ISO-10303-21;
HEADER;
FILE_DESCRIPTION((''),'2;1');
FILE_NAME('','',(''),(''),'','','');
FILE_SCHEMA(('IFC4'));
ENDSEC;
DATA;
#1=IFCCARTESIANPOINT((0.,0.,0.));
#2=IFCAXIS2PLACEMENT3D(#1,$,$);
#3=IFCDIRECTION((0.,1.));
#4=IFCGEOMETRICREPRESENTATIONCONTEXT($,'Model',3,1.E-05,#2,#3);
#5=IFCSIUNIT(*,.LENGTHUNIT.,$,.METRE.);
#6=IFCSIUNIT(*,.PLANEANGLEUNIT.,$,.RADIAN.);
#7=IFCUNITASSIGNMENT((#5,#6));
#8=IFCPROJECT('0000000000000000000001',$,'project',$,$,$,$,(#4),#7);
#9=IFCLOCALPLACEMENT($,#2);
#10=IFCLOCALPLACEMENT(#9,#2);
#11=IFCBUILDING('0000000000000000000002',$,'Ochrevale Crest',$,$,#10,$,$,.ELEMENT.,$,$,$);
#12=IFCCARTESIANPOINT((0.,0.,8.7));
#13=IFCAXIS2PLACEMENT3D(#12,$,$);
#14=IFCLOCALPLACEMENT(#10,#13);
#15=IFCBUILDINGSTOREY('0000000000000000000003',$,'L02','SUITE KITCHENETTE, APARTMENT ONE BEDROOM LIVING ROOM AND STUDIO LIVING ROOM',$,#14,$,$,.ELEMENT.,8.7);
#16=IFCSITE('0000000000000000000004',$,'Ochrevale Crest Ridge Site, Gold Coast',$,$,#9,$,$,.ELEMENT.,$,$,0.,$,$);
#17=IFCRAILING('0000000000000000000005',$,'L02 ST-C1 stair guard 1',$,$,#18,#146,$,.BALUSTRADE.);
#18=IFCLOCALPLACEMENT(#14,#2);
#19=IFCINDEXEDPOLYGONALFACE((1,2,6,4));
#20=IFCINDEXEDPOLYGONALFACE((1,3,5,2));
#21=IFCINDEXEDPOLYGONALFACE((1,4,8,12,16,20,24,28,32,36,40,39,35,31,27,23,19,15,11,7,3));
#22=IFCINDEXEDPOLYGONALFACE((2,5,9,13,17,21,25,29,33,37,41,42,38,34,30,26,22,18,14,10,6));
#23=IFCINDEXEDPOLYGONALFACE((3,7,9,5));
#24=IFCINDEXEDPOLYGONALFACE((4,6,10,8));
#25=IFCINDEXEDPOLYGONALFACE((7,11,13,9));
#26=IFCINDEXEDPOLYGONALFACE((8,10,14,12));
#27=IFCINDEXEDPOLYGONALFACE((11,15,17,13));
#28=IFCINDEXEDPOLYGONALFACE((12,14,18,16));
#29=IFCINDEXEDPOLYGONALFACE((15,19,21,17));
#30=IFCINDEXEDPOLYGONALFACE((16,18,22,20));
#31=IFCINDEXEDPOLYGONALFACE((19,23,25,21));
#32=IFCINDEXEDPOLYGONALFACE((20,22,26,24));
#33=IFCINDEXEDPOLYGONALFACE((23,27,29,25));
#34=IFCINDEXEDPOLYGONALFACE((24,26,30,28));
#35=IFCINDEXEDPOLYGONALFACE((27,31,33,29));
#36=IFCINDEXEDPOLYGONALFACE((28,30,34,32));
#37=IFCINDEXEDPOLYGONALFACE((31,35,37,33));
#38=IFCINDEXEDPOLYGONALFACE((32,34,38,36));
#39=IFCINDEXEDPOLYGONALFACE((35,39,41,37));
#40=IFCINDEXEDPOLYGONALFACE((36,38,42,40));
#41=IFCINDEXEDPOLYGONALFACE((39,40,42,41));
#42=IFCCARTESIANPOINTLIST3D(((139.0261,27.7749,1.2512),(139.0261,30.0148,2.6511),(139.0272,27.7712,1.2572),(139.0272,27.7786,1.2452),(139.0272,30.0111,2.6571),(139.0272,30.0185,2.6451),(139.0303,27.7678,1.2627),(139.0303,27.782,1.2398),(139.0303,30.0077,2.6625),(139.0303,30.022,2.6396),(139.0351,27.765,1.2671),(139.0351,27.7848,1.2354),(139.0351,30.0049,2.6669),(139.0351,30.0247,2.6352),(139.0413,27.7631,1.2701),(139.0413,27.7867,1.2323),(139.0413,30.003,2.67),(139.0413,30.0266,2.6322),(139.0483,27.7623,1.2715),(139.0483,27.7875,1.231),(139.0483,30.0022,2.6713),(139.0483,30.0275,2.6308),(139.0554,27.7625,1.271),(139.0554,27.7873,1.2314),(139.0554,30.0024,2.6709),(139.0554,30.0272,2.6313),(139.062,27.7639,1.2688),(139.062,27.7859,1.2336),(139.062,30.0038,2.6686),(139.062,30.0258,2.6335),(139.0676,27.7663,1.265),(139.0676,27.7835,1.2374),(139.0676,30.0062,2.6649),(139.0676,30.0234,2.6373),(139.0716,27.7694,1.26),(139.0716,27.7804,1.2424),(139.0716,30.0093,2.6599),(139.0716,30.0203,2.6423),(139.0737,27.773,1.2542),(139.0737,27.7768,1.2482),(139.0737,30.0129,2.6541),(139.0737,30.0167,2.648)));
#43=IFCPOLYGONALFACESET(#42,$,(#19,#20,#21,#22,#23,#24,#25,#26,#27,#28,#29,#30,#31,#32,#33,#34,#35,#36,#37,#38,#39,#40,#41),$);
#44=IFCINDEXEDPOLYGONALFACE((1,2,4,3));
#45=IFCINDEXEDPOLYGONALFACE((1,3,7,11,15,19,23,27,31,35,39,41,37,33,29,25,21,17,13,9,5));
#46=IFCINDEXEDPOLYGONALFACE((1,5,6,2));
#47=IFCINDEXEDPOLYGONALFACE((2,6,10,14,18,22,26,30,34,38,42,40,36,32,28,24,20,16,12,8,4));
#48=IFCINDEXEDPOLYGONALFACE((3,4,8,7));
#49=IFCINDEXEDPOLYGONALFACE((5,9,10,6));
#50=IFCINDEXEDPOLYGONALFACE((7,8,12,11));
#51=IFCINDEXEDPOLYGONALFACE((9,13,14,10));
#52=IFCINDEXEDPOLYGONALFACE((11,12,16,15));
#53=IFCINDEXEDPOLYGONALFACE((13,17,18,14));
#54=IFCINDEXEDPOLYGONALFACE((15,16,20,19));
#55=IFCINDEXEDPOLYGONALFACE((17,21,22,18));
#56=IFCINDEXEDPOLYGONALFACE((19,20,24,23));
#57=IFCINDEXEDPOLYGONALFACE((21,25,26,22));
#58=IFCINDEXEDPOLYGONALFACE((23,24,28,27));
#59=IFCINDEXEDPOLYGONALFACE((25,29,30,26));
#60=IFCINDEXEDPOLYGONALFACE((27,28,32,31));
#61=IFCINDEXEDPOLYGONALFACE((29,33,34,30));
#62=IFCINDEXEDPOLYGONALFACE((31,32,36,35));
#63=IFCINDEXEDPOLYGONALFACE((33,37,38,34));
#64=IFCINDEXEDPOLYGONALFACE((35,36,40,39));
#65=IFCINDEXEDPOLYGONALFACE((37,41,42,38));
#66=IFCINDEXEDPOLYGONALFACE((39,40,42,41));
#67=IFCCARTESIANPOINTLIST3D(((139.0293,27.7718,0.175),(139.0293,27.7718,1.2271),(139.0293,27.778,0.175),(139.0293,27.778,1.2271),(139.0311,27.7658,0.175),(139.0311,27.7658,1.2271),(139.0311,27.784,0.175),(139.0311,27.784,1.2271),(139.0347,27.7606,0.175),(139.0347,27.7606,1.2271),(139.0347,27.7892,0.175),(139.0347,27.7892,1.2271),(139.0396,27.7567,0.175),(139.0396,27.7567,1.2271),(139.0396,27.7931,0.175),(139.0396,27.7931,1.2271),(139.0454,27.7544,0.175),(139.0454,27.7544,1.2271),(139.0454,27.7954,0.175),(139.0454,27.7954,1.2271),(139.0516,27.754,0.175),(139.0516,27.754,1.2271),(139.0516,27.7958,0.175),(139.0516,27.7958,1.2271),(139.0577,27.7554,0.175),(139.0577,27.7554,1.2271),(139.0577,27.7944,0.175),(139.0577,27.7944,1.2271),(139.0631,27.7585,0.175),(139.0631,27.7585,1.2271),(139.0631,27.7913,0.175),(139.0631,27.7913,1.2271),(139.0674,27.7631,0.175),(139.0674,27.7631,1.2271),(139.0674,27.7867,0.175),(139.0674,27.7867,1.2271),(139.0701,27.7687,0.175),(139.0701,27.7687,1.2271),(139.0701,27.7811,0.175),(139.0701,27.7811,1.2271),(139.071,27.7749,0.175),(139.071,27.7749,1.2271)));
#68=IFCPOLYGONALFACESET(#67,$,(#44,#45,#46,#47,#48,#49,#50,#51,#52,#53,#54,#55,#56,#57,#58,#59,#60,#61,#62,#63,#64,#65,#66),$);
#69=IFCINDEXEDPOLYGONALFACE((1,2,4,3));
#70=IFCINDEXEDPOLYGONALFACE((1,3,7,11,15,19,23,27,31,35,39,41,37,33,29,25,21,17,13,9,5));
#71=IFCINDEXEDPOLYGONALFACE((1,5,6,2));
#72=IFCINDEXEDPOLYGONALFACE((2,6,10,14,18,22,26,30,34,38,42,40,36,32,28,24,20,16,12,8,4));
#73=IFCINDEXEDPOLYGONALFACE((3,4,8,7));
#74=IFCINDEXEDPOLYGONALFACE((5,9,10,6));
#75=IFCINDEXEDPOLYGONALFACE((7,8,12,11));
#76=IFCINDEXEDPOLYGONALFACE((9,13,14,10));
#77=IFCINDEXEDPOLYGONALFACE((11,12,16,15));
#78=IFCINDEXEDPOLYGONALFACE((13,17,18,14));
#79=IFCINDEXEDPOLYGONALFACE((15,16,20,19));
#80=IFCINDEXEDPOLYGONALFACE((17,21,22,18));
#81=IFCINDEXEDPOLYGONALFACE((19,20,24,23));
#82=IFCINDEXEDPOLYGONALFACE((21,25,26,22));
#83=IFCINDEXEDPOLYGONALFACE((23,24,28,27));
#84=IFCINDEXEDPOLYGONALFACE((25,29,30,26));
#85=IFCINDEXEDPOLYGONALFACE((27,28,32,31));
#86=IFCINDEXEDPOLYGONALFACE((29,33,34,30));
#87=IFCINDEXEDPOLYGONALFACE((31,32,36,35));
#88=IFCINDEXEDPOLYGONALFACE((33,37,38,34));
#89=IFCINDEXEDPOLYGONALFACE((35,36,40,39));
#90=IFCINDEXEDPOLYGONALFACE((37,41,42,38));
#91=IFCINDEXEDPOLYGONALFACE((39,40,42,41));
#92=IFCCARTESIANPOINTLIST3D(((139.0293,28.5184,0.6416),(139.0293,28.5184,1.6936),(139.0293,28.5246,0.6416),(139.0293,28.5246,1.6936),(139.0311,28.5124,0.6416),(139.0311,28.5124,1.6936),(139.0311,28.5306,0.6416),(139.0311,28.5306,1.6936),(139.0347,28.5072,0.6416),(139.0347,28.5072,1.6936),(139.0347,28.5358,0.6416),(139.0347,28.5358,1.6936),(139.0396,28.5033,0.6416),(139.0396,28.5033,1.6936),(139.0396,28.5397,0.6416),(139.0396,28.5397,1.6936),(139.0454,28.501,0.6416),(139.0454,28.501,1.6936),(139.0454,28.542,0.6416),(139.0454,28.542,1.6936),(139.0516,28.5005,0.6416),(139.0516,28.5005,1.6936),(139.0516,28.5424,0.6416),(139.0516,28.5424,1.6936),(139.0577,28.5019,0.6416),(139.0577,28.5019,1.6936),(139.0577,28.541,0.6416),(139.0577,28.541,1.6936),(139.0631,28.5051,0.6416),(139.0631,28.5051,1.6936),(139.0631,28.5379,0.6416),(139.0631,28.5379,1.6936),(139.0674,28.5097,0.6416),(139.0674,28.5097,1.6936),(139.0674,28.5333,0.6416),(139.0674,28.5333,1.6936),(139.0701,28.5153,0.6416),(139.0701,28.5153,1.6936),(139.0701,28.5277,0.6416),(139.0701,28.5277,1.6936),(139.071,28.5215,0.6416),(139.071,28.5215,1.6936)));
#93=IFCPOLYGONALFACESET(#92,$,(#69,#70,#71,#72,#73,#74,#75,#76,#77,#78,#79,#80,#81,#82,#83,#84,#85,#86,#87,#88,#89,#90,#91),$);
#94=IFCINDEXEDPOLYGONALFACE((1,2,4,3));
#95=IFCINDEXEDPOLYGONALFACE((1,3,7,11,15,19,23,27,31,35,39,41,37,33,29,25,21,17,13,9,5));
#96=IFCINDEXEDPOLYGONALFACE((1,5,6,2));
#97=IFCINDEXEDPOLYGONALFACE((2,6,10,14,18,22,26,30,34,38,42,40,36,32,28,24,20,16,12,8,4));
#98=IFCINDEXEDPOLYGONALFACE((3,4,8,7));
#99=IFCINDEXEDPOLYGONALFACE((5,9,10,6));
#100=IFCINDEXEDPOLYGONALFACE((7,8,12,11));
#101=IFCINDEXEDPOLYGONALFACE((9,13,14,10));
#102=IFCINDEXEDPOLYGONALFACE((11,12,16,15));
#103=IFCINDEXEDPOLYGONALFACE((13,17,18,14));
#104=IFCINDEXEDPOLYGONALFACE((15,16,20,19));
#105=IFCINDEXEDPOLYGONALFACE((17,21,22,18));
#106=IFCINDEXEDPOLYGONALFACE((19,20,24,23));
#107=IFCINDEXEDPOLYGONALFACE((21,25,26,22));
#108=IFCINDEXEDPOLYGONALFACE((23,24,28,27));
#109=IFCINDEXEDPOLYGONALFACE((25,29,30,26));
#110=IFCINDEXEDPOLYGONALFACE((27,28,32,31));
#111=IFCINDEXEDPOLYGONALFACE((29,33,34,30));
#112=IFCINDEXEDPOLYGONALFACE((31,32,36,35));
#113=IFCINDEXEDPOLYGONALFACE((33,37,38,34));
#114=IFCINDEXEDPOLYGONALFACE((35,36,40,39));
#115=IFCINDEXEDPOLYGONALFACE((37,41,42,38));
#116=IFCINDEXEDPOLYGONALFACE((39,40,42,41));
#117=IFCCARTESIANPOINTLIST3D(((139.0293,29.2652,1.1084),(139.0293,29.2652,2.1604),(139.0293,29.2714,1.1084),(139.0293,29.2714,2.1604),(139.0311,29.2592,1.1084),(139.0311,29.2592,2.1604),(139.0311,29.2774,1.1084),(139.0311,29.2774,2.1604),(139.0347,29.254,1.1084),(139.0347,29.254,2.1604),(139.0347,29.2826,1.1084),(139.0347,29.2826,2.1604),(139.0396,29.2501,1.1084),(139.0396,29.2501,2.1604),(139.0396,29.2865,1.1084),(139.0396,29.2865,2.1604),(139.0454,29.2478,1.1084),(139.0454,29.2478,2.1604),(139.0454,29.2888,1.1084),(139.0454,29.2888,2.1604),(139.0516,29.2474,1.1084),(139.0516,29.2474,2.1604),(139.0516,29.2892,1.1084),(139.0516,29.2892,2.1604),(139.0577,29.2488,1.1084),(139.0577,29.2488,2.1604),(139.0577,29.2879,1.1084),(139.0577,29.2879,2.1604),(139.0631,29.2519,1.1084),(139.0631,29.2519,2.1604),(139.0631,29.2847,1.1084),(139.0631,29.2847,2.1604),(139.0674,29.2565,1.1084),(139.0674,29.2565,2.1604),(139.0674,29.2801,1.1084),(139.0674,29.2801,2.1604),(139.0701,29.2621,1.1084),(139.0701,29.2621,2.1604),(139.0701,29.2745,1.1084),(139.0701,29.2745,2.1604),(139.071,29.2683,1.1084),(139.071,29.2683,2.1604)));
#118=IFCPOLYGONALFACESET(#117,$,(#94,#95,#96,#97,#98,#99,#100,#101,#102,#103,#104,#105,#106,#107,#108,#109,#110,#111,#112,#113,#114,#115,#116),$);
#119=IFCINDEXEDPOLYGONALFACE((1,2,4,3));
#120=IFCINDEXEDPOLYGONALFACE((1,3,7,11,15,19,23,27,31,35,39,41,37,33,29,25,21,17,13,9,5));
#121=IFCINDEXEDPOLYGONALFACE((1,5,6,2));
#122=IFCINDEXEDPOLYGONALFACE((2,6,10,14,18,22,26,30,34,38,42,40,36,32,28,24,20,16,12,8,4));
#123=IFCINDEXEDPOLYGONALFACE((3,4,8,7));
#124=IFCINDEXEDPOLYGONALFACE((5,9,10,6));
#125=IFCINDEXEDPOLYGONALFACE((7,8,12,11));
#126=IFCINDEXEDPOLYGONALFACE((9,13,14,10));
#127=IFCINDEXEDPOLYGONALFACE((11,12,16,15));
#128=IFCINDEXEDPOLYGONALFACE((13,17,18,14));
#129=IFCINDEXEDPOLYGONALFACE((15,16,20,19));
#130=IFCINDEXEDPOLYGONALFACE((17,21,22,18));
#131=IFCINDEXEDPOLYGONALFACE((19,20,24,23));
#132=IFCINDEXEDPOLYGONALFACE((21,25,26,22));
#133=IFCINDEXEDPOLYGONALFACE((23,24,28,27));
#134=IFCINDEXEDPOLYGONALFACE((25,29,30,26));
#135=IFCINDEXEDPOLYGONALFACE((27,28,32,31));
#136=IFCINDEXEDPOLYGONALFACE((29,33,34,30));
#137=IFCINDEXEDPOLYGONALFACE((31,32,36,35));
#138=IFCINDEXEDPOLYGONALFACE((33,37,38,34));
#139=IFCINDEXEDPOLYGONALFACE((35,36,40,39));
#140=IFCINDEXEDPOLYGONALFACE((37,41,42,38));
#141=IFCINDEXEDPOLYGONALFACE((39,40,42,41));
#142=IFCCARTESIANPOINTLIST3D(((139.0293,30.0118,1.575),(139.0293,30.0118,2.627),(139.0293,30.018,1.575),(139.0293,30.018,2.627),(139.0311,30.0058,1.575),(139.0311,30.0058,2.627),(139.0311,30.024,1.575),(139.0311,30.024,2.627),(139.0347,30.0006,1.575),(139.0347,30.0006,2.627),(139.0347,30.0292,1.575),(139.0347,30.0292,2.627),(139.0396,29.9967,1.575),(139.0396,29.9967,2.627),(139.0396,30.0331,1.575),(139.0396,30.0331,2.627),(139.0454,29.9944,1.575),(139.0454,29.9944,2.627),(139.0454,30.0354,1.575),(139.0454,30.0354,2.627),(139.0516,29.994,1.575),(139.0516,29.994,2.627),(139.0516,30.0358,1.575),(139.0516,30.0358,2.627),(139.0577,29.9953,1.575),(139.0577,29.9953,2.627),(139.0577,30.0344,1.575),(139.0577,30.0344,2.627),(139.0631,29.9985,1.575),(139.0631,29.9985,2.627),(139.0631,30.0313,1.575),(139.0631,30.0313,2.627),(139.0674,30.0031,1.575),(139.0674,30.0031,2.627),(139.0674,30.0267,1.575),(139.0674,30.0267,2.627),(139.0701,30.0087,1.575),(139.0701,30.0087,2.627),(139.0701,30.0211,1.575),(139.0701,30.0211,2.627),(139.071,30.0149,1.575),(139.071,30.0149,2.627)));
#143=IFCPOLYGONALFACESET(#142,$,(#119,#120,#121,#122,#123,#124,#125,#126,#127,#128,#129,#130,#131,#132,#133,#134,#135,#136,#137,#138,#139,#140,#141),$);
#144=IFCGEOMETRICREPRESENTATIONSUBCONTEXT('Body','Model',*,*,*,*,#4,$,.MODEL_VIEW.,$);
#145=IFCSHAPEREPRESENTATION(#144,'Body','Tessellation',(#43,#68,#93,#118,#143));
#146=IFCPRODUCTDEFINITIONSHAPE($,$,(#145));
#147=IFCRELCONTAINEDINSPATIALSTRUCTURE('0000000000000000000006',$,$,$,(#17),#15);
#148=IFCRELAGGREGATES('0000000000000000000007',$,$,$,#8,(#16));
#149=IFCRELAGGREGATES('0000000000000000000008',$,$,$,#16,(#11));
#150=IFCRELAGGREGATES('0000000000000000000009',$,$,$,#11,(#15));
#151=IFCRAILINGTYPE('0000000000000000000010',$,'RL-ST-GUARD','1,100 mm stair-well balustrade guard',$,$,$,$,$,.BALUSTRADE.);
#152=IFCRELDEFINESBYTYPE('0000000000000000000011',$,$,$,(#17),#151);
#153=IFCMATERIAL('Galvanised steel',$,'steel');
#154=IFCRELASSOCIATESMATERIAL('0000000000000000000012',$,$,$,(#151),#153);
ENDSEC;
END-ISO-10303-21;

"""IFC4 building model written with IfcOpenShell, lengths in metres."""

from ifc_helpers import new_model, si_unit, direction, frame, origin, origin_2d, place, context, subcontext, project, spatial, circle, extrude, material, type_object, element, save


model = new_model("IFC4")

# Units and contexts
model_context = context("Model", 3, precision=1e-05, world=origin(), true_north=direction((0.0, 1.0)))
body_context = subcontext(model_context, "Body", "Model", "MODEL_VIEW")
ifc_project = project(units=[si_unit("LENGTHUNIT", "METRE"), si_unit("PLANEANGLEUNIT", "RADIAN")], contexts=[model_context])

# Site, building, storey
site_placement = place(None, origin())
site = spatial("IfcSite", under=ifc_project, at=site_placement, Name="Ochrevale Crest Ridge Site, Gold Coast", CompositionType="ELEMENT", RefElevation=0.0)
building_placement = place(site_placement, origin())
building = spatial("IfcBuilding", under=site, at=building_placement, Name="Ochrevale Crest", CompositionType="ELEMENT")
storey_placement = place(building_placement, frame((0.0, 0.0, 8.7)))
storey = spatial("IfcBuildingStorey", under=building, at=storey_placement, Name="L02", Description="SUITE KITCHENETTE, APARTMENT ONE BEDROOM LIVING ROOM AND STUDIO LIVING ROOM", CompositionType="ELEMENT", Elevation=8.7)

# Railing
ifc_material_1 = material(Name="Galvanised steel", Category="steel")
railing_type_1 = type_object("IfcRailingType", Name="RL-ST-GUARD", Description="1,100 mm stair-well balustrade guard", PredefinedType="BALUSTRADE", material=ifc_material_1)
railing_1_placement = place(storey_placement, frame((139.05, 27.7749, 0.175)))
element("IfcRailing", 1, at=railing_1_placement, inside=storey, type_object=railing_type_1, Name="L02 ST-C1 stair guard 1", PredefinedType="BALUSTRADE", context=body_context, shape_type="SweptSolid", body=[
    extrude(circle(Radius=0.0239, at=origin_2d()), frame((0.0, 0.0, 1.0762), z_axis=(0.0, 0.848014, 0.529974), x_axis=(-1.0, 0.0, 0.0)), (0.0, 0.0, 1.0), 2.6414),
    extrude(circle(Radius=0.021, at=origin_2d()), origin(), (0.0, 0.0, 1.0), 1.052),
    extrude(circle(Radius=0.021, at=origin_2d()), frame((0.0, 0.7466, 0.4666)), (0.0, 0.0, 1.0), 1.052),
    extrude(circle(Radius=0.021, at=origin_2d()), frame((0.0, 1.4934, 0.9333)), (0.0, 0.0, 1.0), 1.052),
    extrude(circle(Radius=0.021, at=origin_2d()), frame((0.0, 2.24, 1.3999)), (0.0, 0.0, 1.0), 1.052),
])

save(model, "model.ifc")
